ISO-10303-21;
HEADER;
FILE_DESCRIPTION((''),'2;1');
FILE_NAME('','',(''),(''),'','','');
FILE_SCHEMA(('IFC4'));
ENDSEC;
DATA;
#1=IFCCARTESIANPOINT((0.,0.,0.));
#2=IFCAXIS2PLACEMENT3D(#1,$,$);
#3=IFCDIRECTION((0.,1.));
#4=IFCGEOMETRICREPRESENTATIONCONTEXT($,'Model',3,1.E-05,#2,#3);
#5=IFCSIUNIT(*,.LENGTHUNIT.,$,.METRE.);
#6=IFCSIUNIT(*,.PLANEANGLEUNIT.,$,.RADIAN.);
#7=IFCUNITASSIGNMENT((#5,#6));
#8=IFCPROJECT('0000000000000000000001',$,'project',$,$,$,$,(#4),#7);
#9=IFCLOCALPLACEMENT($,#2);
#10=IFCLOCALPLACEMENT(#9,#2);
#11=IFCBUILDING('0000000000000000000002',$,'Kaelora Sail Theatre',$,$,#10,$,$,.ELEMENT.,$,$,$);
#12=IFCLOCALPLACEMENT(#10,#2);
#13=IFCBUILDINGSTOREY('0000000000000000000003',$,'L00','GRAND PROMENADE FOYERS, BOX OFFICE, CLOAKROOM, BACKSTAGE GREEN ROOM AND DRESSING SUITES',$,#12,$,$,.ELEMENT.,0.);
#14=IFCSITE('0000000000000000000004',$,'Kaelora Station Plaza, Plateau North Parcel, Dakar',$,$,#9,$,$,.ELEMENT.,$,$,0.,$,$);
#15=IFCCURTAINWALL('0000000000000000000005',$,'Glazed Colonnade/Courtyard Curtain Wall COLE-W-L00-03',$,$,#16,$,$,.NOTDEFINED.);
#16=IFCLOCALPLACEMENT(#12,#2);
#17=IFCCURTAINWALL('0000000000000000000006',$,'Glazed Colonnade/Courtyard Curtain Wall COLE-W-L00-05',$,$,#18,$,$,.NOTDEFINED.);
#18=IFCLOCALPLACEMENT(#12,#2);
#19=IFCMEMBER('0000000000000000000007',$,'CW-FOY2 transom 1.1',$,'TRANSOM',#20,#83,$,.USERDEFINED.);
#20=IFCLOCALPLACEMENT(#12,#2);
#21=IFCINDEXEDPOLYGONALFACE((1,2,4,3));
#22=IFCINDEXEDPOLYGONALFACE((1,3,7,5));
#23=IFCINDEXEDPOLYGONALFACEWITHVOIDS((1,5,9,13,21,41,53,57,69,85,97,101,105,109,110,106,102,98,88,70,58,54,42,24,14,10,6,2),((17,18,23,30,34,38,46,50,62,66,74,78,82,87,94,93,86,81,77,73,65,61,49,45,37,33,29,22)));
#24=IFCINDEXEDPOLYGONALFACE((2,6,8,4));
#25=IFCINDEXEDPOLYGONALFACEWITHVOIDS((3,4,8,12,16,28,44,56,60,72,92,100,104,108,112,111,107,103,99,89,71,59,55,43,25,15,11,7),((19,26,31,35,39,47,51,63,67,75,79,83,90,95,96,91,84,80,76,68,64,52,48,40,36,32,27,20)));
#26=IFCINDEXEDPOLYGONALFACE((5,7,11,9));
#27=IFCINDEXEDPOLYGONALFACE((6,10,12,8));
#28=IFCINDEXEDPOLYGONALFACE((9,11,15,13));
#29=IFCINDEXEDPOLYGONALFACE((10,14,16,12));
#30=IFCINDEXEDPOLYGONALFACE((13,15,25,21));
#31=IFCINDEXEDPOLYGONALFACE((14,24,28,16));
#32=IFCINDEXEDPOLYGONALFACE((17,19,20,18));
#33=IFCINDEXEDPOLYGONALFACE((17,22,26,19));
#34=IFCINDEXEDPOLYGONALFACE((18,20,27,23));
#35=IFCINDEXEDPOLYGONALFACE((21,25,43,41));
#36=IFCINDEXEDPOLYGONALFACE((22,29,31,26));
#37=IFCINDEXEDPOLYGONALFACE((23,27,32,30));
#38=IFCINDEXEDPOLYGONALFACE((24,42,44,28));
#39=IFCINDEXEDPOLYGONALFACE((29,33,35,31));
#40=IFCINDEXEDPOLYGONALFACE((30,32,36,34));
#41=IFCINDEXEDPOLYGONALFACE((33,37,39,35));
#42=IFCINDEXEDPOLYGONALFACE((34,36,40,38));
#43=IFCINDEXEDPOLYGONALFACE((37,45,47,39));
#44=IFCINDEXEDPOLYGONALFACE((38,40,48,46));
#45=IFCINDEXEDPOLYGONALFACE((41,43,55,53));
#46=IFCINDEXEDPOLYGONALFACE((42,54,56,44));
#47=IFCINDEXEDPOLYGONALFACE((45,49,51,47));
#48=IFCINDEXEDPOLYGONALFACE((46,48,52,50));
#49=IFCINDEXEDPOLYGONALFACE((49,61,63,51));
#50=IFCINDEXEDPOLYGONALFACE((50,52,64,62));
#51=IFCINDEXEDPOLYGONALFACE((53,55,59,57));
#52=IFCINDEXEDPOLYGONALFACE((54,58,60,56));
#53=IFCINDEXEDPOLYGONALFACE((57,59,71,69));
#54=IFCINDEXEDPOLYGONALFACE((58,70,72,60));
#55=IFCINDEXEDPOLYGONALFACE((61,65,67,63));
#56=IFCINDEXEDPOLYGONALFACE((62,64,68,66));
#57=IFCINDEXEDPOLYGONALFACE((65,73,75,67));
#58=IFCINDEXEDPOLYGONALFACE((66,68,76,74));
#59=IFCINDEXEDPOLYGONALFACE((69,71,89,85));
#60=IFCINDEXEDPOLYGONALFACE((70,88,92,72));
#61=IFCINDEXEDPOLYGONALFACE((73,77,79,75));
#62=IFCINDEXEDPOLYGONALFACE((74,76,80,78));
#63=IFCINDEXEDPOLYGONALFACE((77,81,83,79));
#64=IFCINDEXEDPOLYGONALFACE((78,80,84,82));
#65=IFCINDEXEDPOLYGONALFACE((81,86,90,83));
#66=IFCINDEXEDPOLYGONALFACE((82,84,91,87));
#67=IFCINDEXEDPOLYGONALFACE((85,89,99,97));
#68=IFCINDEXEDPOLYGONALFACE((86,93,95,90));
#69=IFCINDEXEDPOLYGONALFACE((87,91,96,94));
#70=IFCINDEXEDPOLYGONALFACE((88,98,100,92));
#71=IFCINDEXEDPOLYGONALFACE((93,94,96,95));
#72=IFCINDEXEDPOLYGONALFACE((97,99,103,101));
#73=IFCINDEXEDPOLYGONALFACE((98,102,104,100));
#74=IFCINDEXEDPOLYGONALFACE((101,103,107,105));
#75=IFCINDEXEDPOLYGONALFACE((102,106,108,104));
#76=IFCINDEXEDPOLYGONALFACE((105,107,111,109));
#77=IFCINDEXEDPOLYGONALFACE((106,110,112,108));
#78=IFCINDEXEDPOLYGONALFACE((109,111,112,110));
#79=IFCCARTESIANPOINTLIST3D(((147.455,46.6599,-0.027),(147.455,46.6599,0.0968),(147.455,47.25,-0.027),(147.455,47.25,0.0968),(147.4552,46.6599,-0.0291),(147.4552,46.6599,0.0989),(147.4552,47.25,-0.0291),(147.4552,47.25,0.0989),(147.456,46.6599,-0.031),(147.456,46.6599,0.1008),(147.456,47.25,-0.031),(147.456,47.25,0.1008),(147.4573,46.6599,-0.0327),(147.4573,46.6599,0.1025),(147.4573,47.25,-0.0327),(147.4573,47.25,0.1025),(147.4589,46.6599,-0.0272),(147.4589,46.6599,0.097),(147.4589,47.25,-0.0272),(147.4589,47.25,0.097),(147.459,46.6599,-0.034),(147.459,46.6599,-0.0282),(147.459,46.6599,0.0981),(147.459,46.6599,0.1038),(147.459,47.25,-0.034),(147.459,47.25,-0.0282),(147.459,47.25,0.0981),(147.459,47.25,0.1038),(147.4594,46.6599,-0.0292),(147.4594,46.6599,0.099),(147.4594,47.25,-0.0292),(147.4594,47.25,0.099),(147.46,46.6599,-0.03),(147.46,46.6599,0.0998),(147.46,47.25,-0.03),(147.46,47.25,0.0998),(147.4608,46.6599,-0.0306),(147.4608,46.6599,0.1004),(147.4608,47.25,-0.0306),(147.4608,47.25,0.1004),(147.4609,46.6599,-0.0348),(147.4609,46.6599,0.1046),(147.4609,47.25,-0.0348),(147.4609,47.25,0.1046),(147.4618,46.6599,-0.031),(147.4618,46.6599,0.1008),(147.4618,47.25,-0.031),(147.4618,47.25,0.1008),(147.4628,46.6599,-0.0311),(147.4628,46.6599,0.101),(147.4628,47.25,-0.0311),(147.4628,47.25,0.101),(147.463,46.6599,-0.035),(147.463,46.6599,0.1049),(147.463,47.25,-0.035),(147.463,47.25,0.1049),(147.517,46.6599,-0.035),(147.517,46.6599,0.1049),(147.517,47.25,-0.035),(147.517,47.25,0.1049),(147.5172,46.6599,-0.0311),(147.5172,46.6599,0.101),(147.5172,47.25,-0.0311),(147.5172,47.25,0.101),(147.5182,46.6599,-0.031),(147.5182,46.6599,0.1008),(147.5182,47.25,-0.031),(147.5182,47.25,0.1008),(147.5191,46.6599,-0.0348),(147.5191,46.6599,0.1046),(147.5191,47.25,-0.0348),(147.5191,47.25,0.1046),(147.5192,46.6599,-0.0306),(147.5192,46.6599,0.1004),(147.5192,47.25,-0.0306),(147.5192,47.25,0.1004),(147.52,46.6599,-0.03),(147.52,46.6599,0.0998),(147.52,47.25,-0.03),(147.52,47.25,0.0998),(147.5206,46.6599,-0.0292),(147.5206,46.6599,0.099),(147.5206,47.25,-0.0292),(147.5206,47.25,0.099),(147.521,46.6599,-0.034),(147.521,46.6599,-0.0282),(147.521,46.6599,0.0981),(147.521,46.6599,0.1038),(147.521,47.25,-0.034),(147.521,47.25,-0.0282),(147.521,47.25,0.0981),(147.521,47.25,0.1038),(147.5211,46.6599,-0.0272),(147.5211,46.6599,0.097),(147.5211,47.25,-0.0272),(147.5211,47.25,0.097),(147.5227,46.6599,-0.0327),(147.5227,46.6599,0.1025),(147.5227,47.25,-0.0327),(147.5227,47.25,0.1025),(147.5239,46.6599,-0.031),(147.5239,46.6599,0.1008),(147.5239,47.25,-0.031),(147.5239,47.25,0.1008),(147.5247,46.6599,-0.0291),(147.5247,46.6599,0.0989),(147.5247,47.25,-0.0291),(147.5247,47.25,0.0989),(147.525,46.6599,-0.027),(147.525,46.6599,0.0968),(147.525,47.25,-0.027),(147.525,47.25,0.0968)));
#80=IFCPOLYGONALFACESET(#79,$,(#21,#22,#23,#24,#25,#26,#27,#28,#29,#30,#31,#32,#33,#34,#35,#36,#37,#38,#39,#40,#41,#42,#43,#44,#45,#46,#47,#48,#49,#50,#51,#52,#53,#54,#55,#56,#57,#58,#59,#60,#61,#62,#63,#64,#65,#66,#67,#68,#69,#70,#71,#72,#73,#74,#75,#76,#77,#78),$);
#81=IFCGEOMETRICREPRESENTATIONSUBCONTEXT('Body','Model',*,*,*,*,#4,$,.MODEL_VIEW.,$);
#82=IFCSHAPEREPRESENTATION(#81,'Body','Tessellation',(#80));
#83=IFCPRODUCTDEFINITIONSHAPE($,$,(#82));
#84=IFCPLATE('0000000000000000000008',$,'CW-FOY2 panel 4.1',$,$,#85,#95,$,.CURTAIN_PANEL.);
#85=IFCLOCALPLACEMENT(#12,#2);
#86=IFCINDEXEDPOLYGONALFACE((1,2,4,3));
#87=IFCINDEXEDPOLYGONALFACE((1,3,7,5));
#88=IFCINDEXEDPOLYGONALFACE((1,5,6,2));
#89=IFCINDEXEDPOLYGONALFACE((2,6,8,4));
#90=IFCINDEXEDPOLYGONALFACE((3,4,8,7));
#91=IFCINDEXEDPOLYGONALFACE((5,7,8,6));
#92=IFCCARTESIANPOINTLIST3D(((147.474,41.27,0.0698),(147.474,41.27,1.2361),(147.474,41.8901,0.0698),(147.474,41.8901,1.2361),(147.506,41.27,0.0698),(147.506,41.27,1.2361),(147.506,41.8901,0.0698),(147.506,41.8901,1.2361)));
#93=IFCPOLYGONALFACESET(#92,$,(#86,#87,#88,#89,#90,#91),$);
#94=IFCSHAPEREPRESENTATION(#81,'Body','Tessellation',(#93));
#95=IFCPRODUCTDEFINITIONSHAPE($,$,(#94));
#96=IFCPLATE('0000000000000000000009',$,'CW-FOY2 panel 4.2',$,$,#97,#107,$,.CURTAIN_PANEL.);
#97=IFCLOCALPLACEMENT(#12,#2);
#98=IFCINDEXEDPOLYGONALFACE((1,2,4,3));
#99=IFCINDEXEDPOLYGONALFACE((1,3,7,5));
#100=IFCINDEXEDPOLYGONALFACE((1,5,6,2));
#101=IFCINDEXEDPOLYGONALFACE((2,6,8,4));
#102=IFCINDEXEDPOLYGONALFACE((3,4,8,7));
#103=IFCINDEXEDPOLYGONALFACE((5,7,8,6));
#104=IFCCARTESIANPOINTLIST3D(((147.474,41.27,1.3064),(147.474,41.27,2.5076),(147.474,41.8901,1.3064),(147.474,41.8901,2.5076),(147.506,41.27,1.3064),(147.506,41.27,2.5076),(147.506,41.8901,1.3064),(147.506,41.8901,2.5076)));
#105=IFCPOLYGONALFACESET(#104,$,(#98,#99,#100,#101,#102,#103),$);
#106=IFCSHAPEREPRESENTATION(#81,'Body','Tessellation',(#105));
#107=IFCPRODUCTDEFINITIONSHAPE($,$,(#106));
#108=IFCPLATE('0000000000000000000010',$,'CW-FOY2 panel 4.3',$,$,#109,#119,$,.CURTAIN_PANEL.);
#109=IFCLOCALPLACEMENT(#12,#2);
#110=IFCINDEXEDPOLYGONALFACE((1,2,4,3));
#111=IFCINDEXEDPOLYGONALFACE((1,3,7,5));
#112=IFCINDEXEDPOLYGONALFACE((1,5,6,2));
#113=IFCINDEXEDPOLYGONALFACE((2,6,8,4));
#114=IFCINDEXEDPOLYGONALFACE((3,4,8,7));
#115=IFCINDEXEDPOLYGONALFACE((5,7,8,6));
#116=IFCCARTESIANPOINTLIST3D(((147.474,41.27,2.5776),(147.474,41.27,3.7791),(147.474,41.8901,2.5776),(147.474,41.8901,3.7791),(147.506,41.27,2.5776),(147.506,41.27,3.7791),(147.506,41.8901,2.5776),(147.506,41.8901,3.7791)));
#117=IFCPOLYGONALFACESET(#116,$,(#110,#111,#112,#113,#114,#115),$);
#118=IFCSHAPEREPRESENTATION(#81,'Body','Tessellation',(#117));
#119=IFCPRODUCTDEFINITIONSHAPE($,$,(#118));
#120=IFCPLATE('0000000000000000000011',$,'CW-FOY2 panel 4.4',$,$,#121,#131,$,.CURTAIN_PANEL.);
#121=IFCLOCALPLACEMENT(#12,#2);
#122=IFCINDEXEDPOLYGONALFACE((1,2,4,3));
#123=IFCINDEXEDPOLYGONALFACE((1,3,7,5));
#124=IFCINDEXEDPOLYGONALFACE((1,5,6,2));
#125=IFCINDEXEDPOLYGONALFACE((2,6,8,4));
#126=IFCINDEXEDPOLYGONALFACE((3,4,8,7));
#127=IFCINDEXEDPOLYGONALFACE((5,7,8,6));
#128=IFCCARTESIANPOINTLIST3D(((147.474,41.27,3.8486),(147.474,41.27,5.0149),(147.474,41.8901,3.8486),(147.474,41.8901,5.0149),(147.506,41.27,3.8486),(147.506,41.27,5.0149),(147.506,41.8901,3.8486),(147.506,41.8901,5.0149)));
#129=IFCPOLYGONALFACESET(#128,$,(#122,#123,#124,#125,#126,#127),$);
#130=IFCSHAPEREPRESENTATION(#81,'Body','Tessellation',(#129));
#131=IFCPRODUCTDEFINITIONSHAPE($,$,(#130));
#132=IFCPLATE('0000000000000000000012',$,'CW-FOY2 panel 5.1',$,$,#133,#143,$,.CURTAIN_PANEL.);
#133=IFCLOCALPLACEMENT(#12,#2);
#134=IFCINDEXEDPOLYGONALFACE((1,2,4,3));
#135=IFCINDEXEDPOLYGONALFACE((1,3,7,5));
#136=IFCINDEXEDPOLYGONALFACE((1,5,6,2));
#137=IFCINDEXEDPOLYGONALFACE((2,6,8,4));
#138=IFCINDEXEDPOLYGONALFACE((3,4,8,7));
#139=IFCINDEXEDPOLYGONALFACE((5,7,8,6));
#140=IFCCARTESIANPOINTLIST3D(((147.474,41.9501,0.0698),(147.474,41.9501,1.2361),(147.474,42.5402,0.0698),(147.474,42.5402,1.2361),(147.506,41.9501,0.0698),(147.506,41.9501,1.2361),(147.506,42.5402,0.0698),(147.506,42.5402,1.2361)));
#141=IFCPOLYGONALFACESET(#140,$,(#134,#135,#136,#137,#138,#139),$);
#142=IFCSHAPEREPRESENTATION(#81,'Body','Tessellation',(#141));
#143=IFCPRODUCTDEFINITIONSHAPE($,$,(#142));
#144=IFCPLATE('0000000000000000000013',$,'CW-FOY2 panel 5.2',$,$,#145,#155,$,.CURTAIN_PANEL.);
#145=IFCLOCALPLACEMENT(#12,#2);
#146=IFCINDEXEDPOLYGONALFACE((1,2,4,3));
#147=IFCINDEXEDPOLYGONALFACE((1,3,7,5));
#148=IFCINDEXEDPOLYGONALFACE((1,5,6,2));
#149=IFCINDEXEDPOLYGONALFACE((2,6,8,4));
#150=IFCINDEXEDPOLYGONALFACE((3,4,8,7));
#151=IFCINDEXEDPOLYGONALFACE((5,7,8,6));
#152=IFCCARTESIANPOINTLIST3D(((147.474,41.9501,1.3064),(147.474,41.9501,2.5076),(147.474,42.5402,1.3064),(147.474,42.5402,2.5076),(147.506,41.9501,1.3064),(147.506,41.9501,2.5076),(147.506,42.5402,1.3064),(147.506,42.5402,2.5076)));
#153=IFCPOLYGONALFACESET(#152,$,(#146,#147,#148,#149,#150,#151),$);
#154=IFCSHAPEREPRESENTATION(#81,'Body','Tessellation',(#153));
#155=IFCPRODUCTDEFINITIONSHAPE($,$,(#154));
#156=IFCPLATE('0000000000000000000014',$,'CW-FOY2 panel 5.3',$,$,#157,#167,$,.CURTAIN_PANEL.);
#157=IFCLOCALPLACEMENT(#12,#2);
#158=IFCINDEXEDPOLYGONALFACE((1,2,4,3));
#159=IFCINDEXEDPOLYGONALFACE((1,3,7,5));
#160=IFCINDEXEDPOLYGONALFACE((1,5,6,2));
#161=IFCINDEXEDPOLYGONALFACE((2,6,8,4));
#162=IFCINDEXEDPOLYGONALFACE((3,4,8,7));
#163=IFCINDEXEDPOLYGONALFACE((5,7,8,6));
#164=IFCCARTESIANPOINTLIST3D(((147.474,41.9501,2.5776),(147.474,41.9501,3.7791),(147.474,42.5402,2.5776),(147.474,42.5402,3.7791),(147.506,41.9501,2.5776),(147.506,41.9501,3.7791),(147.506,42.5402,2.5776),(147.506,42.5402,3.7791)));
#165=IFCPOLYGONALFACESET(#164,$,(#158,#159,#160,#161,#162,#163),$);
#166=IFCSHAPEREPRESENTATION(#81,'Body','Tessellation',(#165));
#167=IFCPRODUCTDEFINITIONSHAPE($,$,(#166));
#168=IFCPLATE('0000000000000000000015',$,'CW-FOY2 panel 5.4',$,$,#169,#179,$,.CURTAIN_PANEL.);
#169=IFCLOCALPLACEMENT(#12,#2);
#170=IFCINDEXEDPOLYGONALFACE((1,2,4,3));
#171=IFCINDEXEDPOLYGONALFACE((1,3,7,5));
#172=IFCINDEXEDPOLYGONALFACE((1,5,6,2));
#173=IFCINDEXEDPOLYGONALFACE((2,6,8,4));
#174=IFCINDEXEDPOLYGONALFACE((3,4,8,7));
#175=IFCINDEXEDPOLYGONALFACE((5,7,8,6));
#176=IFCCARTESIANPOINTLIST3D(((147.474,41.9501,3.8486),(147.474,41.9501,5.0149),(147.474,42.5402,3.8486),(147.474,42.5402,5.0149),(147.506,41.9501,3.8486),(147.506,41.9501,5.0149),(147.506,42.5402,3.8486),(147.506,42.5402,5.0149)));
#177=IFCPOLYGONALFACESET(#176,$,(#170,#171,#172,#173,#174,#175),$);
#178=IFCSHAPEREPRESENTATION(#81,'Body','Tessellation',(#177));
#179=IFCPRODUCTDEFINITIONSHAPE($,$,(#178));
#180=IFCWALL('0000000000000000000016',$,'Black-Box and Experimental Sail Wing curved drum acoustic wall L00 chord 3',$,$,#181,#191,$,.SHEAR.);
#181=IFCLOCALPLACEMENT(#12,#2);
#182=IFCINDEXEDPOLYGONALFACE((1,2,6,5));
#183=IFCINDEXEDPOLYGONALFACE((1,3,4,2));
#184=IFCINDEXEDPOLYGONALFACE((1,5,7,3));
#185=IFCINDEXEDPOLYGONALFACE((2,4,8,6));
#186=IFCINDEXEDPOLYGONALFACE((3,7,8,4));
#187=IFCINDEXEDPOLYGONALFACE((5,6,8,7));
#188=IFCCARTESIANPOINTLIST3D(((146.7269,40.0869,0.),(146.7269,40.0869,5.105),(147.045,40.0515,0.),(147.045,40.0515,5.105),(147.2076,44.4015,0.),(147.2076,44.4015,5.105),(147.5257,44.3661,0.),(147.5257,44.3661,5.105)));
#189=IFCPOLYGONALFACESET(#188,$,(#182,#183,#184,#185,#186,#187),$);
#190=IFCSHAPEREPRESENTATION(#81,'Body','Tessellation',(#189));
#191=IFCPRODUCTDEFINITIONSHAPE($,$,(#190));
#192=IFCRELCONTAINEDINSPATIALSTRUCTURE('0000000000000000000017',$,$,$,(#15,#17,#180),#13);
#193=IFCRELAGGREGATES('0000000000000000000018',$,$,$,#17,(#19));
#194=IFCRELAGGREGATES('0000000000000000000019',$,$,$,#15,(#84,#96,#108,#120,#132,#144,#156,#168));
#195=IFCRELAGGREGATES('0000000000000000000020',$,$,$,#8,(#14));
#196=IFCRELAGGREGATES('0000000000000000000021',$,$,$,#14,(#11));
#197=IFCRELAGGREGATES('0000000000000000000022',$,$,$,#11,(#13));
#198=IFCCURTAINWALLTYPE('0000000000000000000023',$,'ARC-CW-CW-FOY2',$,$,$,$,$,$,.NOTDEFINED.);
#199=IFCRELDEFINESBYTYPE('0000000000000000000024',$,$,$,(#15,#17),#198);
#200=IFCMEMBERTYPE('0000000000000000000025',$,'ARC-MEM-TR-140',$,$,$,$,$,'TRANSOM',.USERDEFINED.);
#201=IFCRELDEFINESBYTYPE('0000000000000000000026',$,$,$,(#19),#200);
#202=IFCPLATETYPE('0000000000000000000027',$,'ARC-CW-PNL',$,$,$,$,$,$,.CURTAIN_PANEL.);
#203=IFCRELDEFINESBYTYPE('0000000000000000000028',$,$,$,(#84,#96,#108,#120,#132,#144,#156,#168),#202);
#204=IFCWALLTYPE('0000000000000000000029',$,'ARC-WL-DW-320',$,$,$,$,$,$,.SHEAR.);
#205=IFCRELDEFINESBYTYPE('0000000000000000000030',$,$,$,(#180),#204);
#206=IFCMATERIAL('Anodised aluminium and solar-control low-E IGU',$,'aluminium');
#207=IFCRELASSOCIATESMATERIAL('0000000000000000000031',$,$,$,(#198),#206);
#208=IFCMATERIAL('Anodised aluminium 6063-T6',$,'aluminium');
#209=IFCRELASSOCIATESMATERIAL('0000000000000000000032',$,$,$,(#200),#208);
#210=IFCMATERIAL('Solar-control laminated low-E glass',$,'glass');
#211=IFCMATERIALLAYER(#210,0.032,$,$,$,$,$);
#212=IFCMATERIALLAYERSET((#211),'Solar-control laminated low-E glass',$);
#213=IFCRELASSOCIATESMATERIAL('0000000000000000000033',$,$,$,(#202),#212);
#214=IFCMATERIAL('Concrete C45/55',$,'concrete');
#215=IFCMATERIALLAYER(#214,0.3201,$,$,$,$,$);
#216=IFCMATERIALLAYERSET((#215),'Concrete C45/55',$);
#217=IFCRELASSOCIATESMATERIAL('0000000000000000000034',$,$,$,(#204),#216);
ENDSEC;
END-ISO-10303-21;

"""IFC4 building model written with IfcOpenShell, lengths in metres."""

from ifc_helpers import new_model, si_unit, direction, frame, frame_2d, origin, origin_2d, place, context, subcontext, project, spatial, rectangle, hollow_rectangle, extrude, material, layer, layer_set, material_profile, profile_set, type_object, element, aggregate, save


model = new_model("IFC4")

# Units and contexts
model_context = context("Model", 3, precision=1e-05, world=origin(), true_north=direction((0.0, 1.0)))
body_context = subcontext(model_context, "Body", "Model", "MODEL_VIEW")
ifc_project = project(units=[si_unit("LENGTHUNIT", "METRE"), si_unit("PLANEANGLEUNIT", "RADIAN")], contexts=[model_context])

# Site, building, storey
site_placement = place(None, origin())
site = spatial("IfcSite", under=ifc_project, at=site_placement, Name="Kaelora Station Plaza, Plateau North Parcel, Dakar", CompositionType="ELEMENT", RefElevation=0.0)
building_placement = place(site_placement, origin())
building = spatial("IfcBuilding", under=site, at=building_placement, Name="Kaelora Sail Theatre", CompositionType="ELEMENT")
storey_placement = place(building_placement, origin())
storey = spatial("IfcBuildingStorey", under=building, at=storey_placement, Name="L00", Description="GRAND PROMENADE FOYERS, BOX OFFICE, CLOAKROOM, BACKSTAGE GREEN ROOM AND DRESSING SUITES", CompositionType="ELEMENT", Elevation=0.0)

# Curtain wall
ifc_material_1 = material(Name="Anodised aluminium and solar-control low-E IGU", Category="aluminium")
curtain_wall_type = type_object("IfcCurtainWallType", Name="ARC-CW-CW-FOY2", PredefinedType="NOTDEFINED", material=ifc_material_1)
curtain_wall_1_placement = place(storey_placement, origin())
curtain_wall_1 = element("IfcCurtainWall", 1, at=curtain_wall_1_placement, inside=storey, type_object=curtain_wall_type, Name="Glazed Colonnade/Courtyard Curtain Wall COLE-W-L00-03", PredefinedType="NOTDEFINED")

# Curtain wall
curtain_wall_2_placement = place(storey_placement, origin())
curtain_wall_2 = element("IfcCurtainWall", 2, at=curtain_wall_2_placement, inside=storey, type_object=curtain_wall_type, Name="Glazed Colonnade/Courtyard Curtain Wall COLE-W-L00-05", PredefinedType="NOTDEFINED")

# Member
ifc_material_2 = material(Name="Anodised aluminium 6063-T6", Category="aluminium")
ifc_material_profile_1 = material_profile(ifc_material_2, hollow_rectangle(XDim=0.0701, YDim=0.1399, WallThickness=0.0039, InnerFilletRadius=0.0039, OuterFilletRadius=0.0081, at=origin_2d()), Name="ALU-TRAN 70x140x4")
ifc_profile_set_1 = profile_set([ifc_material_profile_1], Name="Anodised aluminium 6063-T6")
member_type_1 = type_object("IfcMemberType", Name="ARC-MEM-TR-140", ElementType="TRANSOM", PredefinedType="USERDEFINED", material=ifc_profile_set_1)
member_1_placement = place(storey_placement, frame((147.49, 46.6599, 0.0349), z_axis=(0.0, 1.0, 0.0), x_axis=(-1.0, 0.0, 0.0)))
member_1 = element("IfcMember", 3, at=member_1_placement, type_object=member_type_1, Name="CW-FOY2 transom 1.1", ObjectType="TRANSOM", PredefinedType="USERDEFINED", context=body_context, shape_type="SweptSolid", body=[
    extrude(hollow_rectangle(XDim=0.0701, YDim=0.1399, WallThickness=0.0039, InnerFilletRadius=0.0039, OuterFilletRadius=0.0081, at=origin_2d()), origin(), (0.0, 0.0, 1.0), 0.5901),
])
aggregate(curtain_wall_2, [member_1])

# Plates
ifc_material_3 = material(Name="Solar-control laminated low-E glass", Category="glass")
ifc_layer_1 = layer(ifc_material_3, 0.032)
ifc_layer_set_1 = layer_set([ifc_layer_1], Name="Solar-control laminated low-E glass")
plate_type = type_object("IfcPlateType", Name="ARC-CW-PNL", PredefinedType="CURTAIN_PANEL", material=ifc_layer_set_1)
plate_1_placement = place(storey_placement, frame((147.49, 41.5801, 0.0698), z_axis=(0.0, 0.0, 1.0), x_axis=(0.0, 1.0, 0.0)))
plate_1 = element("IfcPlate", 4, at=plate_1_placement, type_object=plate_type, Name="CW-FOY2 panel 4.1", PredefinedType="CURTAIN_PANEL", context=body_context, shape_type="SweptSolid", body=[
    extrude(rectangle(XDim=0.6201, YDim=0.032, at=origin_2d()), origin(), (0.0, 0.0, 1.0), 1.1663),
])
plate_2_placement = place(storey_placement, frame((147.49, 41.5801, 1.3064), z_axis=(0.0, 0.0, 1.0), x_axis=(0.0, 1.0, 0.0)))
plate_2 = element("IfcPlate", 5, at=plate_2_placement, type_object=plate_type, Name="CW-FOY2 panel 4.2", PredefinedType="CURTAIN_PANEL", context=body_context, shape_type="SweptSolid", body=[
    extrude(rectangle(XDim=0.6201, YDim=0.032, at=origin_2d()), origin(), (0.0, 0.0, 1.0), 1.2012),
])
plate_3_placement = place(storey_placement, frame((147.49, 41.5801, 2.5776), z_axis=(0.0, 0.0, 1.0), x_axis=(0.0, 1.0, 0.0)))
plate_3 = element("IfcPlate", 6, at=plate_3_placement, type_object=plate_type, Name="CW-FOY2 panel 4.3", PredefinedType="CURTAIN_PANEL", context=body_context, shape_type="SweptSolid", body=[
    extrude(rectangle(XDim=0.6201, YDim=0.032, at=origin_2d()), origin(), (0.0, 0.0, 1.0), 1.2014),
])
plate_4_placement = place(storey_placement, frame((147.49, 41.5801, 3.8486), z_axis=(0.0, 0.0, 1.0), x_axis=(0.0, 1.0, 0.0)))
plate_4 = element("IfcPlate", 7, at=plate_4_placement, type_object=plate_type, Name="CW-FOY2 panel 4.4", PredefinedType="CURTAIN_PANEL", context=body_context, shape_type="SweptSolid", body=[
    extrude(rectangle(XDim=0.6201, YDim=0.032, at=origin_2d()), origin(), (0.0, 0.0, 1.0), 1.1663),
])
plate_5_placement = place(storey_placement, frame((147.49, 42.2451, 0.0698), z_axis=(0.0, 0.0, 1.0), x_axis=(0.0, 1.0, 0.0)))
plate_5 = element("IfcPlate", 8, at=plate_5_placement, type_object=plate_type, Name="CW-FOY2 panel 5.1", PredefinedType="CURTAIN_PANEL", context=body_context, shape_type="SweptSolid", body=[
    extrude(rectangle(XDim=0.5901, YDim=0.032, at=origin_2d()), origin(), (0.0, 0.0, 1.0), 1.1663),
])
plate_6_placement = place(storey_placement, frame((147.49, 42.2451, 1.3064), z_axis=(0.0, 0.0, 1.0), x_axis=(0.0, 1.0, 0.0)))
plate_6 = element("IfcPlate", 9, at=plate_6_placement, type_object=plate_type, Name="CW-FOY2 panel 5.2", PredefinedType="CURTAIN_PANEL", context=body_context, shape_type="SweptSolid", body=[
    extrude(rectangle(XDim=0.5901, YDim=0.032, at=origin_2d()), origin(), (0.0, 0.0, 1.0), 1.2012),
])
plate_7_placement = place(storey_placement, frame((147.49, 42.2451, 2.5776), z_axis=(0.0, 0.0, 1.0), x_axis=(0.0, 1.0, 0.0)))
plate_7 = element("IfcPlate", 10, at=plate_7_placement, type_object=plate_type, Name="CW-FOY2 panel 5.3", PredefinedType="CURTAIN_PANEL", context=body_context, shape_type="SweptSolid", body=[
    extrude(rectangle(XDim=0.5901, YDim=0.032, at=origin_2d()), origin(), (0.0, 0.0, 1.0), 1.2014),
])
plate_8_placement = place(storey_placement, frame((147.49, 42.2451, 3.8486), z_axis=(0.0, 0.0, 1.0), x_axis=(0.0, 1.0, 0.0)))
plate_8 = element("IfcPlate", 11, at=plate_8_placement, type_object=plate_type, Name="CW-FOY2 panel 5.4", PredefinedType="CURTAIN_PANEL", context=body_context, shape_type="SweptSolid", body=[
    extrude(rectangle(XDim=0.5901, YDim=0.032, at=origin_2d()), origin(), (0.0, 0.0, 1.0), 1.1663),
])
aggregate(curtain_wall_1, [plate_1, plate_2, plate_3, plate_4, plate_5, plate_6, plate_7, plate_8])

# Wall
ifc_material_4 = material(Name="Concrete C45/55", Category="concrete")
ifc_layer_2 = layer(ifc_material_4, 0.3201)
ifc_layer_set_2 = layer_set([ifc_layer_2], Name="Concrete C45/55")
wall_type = type_object("IfcWallType", Name="ARC-WL-DW-320", PredefinedType="SHEAR", material=ifc_layer_set_2)
wall_placement = place(storey_placement, frame((147.3667, 44.3838, 0.0), z_axis=(0.0, 0.0, 1.0), x_axis=(-0.110728, -0.993851, 0.0)))
element("IfcWall", 12, at=wall_placement, inside=storey, type_object=wall_type, Name="Black-Box and Experimental Sail Wing curved drum acoustic wall L00 chord 3", PredefinedType="SHEAR", context=body_context, shape_type="SweptSolid", body=[
    extrude(rectangle(XDim=4.3413, YDim=0.3201, at=frame_2d((2.1707, 0.0))), origin(), (0.0, 0.0, 1.0), 5.105),
])

save(model, "model.ifc")
